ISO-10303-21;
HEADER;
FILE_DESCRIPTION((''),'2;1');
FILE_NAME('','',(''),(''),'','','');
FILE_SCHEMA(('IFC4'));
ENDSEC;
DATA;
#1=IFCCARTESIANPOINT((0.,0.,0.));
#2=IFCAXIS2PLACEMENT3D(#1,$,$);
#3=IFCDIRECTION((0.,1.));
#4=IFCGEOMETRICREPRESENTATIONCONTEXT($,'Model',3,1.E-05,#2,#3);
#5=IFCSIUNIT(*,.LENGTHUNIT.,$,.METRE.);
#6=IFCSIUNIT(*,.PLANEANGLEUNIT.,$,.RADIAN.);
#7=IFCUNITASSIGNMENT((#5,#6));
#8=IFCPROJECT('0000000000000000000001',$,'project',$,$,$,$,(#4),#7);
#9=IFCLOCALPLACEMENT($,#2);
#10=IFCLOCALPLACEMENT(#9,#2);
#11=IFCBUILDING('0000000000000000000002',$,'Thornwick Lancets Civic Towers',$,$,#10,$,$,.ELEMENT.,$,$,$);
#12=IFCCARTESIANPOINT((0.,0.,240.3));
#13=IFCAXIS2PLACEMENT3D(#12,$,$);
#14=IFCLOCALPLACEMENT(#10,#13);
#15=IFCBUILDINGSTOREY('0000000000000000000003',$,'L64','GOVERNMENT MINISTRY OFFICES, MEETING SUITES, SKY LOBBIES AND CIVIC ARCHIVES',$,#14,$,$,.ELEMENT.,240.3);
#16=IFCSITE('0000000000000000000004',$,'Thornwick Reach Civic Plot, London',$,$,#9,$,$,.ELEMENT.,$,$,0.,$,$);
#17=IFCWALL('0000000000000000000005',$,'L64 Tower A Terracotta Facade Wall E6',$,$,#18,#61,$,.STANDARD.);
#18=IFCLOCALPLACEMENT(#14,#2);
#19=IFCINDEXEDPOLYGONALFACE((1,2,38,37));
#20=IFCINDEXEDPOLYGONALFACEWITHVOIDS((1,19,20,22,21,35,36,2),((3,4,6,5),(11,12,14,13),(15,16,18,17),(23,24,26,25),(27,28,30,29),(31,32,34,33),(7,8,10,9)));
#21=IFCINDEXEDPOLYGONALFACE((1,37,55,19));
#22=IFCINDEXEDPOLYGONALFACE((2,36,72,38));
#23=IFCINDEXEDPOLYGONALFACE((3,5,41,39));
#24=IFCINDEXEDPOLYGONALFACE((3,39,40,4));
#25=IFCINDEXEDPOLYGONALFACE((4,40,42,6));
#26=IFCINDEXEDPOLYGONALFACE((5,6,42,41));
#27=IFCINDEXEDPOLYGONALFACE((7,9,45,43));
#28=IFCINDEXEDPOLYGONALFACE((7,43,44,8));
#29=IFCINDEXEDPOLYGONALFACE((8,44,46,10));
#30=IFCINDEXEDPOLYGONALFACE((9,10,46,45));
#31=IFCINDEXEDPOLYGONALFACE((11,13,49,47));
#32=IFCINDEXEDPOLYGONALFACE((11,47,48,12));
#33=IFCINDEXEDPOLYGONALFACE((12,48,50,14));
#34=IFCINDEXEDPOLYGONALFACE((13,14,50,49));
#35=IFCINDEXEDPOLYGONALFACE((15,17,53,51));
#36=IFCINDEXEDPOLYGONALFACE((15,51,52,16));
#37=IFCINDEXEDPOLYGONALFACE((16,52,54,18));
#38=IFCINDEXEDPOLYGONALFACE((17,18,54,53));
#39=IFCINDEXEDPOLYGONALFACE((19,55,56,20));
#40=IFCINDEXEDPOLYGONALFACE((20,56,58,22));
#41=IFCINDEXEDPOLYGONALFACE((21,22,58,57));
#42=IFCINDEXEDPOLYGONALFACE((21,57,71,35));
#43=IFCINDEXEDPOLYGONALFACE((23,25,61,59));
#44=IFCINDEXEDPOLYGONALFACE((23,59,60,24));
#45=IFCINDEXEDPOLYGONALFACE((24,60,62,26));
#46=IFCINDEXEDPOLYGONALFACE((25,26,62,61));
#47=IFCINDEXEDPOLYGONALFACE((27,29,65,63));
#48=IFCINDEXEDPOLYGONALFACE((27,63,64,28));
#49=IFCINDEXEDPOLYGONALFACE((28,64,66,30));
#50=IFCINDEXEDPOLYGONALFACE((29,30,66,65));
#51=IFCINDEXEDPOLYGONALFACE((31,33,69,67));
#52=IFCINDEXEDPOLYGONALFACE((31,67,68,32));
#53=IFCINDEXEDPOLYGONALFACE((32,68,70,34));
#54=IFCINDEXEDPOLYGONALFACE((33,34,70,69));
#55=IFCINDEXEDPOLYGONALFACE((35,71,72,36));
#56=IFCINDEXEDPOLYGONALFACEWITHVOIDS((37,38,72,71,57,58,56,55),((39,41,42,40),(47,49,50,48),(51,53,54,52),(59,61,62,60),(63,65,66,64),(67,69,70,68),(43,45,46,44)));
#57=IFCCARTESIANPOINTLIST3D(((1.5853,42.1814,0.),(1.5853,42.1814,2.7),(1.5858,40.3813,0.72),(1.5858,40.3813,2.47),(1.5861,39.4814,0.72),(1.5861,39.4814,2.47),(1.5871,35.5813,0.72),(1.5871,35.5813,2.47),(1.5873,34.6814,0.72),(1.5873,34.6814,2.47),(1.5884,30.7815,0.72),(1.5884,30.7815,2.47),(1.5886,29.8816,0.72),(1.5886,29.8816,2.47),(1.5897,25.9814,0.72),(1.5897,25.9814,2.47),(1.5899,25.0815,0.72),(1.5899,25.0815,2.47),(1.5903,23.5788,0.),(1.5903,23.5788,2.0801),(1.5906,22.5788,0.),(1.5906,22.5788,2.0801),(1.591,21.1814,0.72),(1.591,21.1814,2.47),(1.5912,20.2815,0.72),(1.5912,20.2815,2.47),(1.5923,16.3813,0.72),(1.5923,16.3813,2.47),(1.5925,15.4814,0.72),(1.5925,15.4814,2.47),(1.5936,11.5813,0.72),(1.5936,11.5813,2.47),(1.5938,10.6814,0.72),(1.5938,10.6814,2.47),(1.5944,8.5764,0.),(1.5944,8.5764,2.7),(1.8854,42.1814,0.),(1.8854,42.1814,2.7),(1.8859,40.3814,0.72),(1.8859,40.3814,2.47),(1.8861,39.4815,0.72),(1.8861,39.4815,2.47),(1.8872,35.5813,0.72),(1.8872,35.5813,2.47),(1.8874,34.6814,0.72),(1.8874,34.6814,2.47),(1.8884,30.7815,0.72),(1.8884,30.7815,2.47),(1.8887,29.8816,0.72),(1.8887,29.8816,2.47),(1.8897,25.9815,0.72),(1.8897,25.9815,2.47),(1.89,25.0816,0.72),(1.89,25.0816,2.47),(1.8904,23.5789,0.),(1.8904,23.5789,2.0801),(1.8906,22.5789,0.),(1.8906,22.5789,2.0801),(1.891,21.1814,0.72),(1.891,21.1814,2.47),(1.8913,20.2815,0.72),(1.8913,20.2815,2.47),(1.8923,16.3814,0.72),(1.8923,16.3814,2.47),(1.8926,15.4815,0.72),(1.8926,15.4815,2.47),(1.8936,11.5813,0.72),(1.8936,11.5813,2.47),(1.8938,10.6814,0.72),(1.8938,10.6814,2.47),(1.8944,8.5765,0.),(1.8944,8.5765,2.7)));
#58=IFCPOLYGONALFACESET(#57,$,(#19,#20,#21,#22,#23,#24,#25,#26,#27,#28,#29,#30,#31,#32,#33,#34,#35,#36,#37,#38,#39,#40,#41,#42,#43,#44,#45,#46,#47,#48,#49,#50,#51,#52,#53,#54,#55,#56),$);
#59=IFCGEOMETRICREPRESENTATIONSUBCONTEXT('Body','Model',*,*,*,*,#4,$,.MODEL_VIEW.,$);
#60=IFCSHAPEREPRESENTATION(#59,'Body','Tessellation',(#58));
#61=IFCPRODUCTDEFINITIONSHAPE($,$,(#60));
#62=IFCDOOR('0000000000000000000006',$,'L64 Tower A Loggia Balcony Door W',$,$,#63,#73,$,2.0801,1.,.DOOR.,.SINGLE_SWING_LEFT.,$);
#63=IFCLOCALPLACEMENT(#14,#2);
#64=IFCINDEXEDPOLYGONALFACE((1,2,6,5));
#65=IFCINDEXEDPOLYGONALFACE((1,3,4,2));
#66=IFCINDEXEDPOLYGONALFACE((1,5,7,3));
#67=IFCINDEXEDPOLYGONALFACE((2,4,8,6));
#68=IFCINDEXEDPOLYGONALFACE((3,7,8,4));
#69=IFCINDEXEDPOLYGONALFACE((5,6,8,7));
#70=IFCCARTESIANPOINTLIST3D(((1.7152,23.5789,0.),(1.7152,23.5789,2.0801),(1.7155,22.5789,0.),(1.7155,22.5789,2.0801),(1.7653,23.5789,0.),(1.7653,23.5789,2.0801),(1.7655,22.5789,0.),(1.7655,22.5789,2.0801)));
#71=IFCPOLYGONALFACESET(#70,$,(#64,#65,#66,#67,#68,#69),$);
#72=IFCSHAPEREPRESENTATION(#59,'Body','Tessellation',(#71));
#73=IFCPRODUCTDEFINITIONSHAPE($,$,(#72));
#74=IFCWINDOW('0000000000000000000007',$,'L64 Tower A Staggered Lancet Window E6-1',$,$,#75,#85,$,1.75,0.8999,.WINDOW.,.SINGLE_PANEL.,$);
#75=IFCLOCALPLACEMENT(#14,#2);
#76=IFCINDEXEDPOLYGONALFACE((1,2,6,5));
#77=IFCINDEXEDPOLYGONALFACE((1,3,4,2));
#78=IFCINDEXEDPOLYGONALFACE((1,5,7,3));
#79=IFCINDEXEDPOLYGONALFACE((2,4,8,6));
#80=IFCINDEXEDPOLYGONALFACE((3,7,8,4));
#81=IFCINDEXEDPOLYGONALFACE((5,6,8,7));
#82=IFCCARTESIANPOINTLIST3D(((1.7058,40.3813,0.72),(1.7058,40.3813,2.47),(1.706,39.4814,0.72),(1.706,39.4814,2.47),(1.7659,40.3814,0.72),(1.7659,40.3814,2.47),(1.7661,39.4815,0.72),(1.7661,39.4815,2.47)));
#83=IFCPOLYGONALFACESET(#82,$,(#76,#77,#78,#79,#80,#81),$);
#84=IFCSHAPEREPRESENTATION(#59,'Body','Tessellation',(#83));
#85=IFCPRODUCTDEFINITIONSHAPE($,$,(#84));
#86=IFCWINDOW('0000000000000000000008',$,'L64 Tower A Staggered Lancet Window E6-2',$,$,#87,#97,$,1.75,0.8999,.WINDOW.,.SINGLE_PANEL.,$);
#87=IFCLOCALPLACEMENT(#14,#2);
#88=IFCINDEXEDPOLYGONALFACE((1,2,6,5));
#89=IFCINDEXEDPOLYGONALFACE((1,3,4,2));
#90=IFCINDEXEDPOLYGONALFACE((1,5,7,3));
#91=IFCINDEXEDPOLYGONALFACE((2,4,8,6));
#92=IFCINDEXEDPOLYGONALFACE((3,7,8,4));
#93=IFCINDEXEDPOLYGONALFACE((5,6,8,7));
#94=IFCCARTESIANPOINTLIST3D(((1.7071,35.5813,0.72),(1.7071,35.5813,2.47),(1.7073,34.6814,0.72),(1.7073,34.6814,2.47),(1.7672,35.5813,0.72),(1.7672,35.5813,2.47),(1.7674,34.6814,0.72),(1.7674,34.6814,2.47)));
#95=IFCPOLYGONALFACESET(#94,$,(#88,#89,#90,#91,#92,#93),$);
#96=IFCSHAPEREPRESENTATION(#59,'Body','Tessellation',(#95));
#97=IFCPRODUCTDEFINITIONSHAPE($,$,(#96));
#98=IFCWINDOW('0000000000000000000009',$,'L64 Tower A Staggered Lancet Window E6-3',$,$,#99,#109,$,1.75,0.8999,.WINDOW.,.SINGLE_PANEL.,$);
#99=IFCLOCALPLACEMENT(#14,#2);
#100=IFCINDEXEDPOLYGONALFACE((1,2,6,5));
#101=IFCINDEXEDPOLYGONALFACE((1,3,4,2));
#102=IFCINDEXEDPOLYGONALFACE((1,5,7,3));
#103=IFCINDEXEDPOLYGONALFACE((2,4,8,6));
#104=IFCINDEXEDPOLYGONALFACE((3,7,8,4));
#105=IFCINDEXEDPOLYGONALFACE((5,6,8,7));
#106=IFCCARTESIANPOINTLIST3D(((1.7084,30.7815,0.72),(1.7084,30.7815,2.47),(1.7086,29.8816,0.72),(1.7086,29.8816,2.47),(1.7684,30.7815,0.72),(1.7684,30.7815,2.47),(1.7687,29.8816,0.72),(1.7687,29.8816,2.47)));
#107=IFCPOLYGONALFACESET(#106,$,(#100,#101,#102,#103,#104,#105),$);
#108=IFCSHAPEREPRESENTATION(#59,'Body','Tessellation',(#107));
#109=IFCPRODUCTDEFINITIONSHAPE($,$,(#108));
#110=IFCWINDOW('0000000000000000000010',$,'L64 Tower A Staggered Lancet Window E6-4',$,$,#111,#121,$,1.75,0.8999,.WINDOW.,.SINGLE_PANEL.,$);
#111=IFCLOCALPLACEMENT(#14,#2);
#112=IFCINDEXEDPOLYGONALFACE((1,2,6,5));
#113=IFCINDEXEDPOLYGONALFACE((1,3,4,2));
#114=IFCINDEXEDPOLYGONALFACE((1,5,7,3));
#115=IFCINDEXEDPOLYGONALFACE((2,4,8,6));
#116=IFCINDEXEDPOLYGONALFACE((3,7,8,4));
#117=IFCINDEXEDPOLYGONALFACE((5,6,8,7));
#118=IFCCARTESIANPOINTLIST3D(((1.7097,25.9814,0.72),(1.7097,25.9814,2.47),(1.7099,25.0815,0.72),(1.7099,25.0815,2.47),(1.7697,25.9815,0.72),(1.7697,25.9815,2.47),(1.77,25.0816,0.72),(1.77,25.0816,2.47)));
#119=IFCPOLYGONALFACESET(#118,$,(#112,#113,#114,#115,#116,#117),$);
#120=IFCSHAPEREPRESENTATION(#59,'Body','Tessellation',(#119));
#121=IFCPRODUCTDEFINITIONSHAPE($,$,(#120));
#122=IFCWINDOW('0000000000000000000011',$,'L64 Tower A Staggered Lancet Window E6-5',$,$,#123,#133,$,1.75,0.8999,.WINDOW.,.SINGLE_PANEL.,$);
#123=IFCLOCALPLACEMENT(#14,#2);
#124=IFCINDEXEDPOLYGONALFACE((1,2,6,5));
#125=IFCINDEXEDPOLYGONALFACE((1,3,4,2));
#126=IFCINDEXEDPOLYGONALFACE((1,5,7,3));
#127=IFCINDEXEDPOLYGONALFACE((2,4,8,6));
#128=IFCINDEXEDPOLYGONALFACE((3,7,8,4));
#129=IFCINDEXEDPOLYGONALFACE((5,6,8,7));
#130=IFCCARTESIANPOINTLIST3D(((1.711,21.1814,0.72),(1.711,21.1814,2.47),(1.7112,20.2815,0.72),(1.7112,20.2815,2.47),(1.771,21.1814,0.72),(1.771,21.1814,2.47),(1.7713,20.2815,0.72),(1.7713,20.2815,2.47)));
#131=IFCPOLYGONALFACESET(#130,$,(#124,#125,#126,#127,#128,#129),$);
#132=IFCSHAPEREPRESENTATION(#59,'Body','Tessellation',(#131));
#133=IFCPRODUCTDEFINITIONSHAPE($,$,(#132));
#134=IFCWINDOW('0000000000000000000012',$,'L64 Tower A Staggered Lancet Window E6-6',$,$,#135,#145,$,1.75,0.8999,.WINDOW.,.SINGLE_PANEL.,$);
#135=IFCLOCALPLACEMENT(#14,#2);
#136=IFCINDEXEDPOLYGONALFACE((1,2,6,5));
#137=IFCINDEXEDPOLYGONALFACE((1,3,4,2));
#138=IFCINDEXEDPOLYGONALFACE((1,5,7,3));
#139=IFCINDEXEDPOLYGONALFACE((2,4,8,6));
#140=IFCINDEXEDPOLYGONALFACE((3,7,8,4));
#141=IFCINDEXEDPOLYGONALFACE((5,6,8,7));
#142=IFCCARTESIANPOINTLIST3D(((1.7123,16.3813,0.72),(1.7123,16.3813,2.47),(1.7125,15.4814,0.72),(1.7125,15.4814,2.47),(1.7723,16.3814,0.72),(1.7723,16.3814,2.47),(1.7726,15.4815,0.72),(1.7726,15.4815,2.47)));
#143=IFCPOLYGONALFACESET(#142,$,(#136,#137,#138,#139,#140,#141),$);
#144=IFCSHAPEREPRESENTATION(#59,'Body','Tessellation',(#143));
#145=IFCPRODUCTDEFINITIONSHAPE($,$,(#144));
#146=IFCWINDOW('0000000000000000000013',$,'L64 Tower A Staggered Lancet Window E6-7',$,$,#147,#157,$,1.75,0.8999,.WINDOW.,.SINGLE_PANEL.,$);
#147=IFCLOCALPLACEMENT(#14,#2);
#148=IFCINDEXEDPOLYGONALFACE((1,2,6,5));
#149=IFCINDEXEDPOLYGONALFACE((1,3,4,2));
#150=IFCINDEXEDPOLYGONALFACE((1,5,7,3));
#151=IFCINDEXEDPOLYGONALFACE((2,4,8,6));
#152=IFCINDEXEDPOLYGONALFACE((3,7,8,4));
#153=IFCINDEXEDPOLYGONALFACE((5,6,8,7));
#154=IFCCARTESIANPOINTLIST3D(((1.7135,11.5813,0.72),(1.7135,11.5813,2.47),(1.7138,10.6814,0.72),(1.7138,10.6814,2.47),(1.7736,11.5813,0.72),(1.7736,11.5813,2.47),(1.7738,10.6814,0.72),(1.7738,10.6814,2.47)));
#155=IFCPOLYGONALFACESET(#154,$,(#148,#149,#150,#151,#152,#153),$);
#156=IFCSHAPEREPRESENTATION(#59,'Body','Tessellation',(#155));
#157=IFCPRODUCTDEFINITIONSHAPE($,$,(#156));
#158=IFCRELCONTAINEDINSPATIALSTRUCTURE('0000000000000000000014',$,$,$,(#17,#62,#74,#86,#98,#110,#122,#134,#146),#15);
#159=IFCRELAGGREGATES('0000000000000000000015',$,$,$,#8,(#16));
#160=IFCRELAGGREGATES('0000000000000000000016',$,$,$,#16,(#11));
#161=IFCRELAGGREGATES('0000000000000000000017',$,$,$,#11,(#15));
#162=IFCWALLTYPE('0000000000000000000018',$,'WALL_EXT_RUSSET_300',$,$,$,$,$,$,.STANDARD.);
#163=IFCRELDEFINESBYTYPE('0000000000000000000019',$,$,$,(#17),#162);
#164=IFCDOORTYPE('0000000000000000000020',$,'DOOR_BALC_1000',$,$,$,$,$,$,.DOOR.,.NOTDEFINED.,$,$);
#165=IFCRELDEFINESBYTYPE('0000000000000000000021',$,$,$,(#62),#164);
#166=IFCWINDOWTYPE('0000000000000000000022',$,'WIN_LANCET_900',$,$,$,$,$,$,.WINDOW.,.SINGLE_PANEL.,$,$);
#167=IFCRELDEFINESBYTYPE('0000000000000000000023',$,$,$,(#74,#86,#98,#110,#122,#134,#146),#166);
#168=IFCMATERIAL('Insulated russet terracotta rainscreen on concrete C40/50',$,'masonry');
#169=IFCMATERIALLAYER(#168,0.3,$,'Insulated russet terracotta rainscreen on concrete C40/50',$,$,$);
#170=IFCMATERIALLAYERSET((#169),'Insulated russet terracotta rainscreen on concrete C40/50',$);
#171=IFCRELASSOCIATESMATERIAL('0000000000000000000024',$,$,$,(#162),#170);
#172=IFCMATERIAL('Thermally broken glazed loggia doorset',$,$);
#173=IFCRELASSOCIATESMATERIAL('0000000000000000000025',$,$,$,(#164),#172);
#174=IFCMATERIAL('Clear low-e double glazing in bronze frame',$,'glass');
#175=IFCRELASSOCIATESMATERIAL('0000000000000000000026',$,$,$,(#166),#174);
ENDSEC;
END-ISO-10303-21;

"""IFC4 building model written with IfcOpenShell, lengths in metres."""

from ifc_helpers import new_model, si_unit, direction, frame, frame_2d, origin, place, context, subcontext, project, spatial, rectangle, extrude, material, layer, layer_set, type_object, element, fill, save


model = new_model("IFC4")

# Units and contexts
model_context = context("Model", 3, precision=1e-05, world=origin(), true_north=direction((0.0, 1.0)))
body_context = subcontext(model_context, "Body", "Model", "MODEL_VIEW")
ifc_project = project(units=[si_unit("LENGTHUNIT", "METRE"), si_unit("PLANEANGLEUNIT", "RADIAN")], contexts=[model_context])

# Site, building, storey
site_placement = place(None, origin())
site = spatial("IfcSite", under=ifc_project, at=site_placement, Name="Thornwick Reach Civic Plot, London", CompositionType="ELEMENT", RefElevation=0.0)
building_placement = place(site_placement, origin())
building = spatial("IfcBuilding", under=site, at=building_placement, Name="Thornwick Lancets Civic Towers", CompositionType="ELEMENT")
storey_placement = place(building_placement, frame((0.0, 0.0, 240.3)))
storey = spatial("IfcBuildingStorey", under=building, at=storey_placement, Name="L64", Description="GOVERNMENT MINISTRY OFFICES, MEETING SUITES, SKY LOBBIES AND CIVIC ARCHIVES", CompositionType="ELEMENT", Elevation=240.3)

# Wall, openings, door, windows
ifc_material_1 = material(Name="Insulated russet terracotta rainscreen on concrete C40/50", Category="masonry")
ifc_layer_1 = layer(ifc_material_1, 0.3, Name="Insulated russet terracotta rainscreen on concrete C40/50")
ifc_layer_set_1 = layer_set([ifc_layer_1], Name="Insulated russet terracotta rainscreen on concrete C40/50")
wall_type_1 = type_object("IfcWallType", Name="WALL_EXT_RUSSET_300", PredefinedType="STANDARD", material=ifc_layer_set_1)
wall_1_placement = place(storey_placement, frame((1.7354, 42.1814, 0.0), z_axis=(0.0, 0.0, 1.0), x_axis=(0.000269, -1.0, 0.0)))
wall_1 = element("IfcWall", 1, at=wall_1_placement, inside=storey, type_object=wall_type_1, Name="L64 Tower A Terracotta Facade Wall E6", PredefinedType="STANDARD", context=body_context, shape_type="SweptSolid", body=[
    extrude(rectangle(XDim=33.605, YDim=0.3, at=frame_2d((16.8025, 0.0))), origin(), (0.0, 0.0, 1.0), 2.7),
])
opening_1_placement = place(wall_1_placement, frame((18.6025, 0.0, 0.0)))
opening_1 = element("IfcOpeningElement", 2, at=opening_1_placement, cuts=wall_1, PredefinedType="OPENING", context=body_context, shape_type="SweptSolid", body=[
    extrude(rectangle(XDim=1.0, YDim=2.0801, at=frame_2d((0.5, 1.04))), frame((0.0, 0.1602, 0.0), z_axis=(0.0, -1.0, 0.0), x_axis=(1.0, 0.0, 0.0)), (0.0, 0.0, 1.0), 0.3201),
])
opening_2_placement = place(wall_1_placement, frame((1.8, 0.0, 0.72)))
opening_2 = element("IfcOpeningElement", 3, at=opening_2_placement, cuts=wall_1, PredefinedType="OPENING", context=body_context, shape_type="SweptSolid", body=[
    extrude(rectangle(XDim=0.8999, YDim=1.75, at=frame_2d((0.45, 0.875))), frame((0.0, 0.1602, 0.0), z_axis=(0.0, -1.0, 0.0), x_axis=(1.0, 0.0, 0.0)), (0.0, 0.0, 1.0), 0.3201),
])
opening_3_placement = place(wall_1_placement, frame((6.6001, 0.0, 0.72)))
opening_3 = element("IfcOpeningElement", 4, at=opening_3_placement, cuts=wall_1, PredefinedType="OPENING", context=body_context, shape_type="SweptSolid", body=[
    extrude(rectangle(XDim=0.8999, YDim=1.75, at=frame_2d((0.45, 0.875))), frame((0.0, 0.1602, 0.0), z_axis=(0.0, -1.0, 0.0), x_axis=(1.0, 0.0, 0.0)), (0.0, 0.0, 1.0), 0.3201),
])
opening_4_placement = place(wall_1_placement, frame((11.3999, 0.0, 0.72)))
opening_4 = element("IfcOpeningElement", 5, at=opening_4_placement, cuts=wall_1, PredefinedType="OPENING", context=body_context, shape_type="SweptSolid", body=[
    extrude(rectangle(XDim=0.8999, YDim=1.75, at=frame_2d((0.45, 0.875))), frame((0.0, 0.1602, 0.0), z_axis=(0.0, -1.0, 0.0), x_axis=(1.0, 0.0, 0.0)), (0.0, 0.0, 1.0), 0.3201),
])
opening_5_placement = place(wall_1_placement, frame((16.2, 0.0, 0.72)))
opening_5 = element("IfcOpeningElement", 6, at=opening_5_placement, cuts=wall_1, PredefinedType="OPENING", context=body_context, shape_type="SweptSolid", body=[
    extrude(rectangle(XDim=0.8999, YDim=1.75, at=frame_2d((0.45, 0.875))), frame((0.0, 0.1602, 0.0), z_axis=(0.0, -1.0, 0.0), x_axis=(1.0, 0.0, 0.0)), (0.0, 0.0, 1.0), 0.3201),
])
opening_6_placement = place(wall_1_placement, frame((21.0, 0.0, 0.72)))
opening_6 = element("IfcOpeningElement", 7, at=opening_6_placement, cuts=wall_1, PredefinedType="OPENING", context=body_context, shape_type="SweptSolid", body=[
    extrude(rectangle(XDim=0.8999, YDim=1.75, at=frame_2d((0.45, 0.875))), frame((0.0, 0.1602, 0.0), z_axis=(0.0, -1.0, 0.0), x_axis=(1.0, 0.0, 0.0)), (0.0, 0.0, 1.0), 0.3201),
])
opening_7_placement = place(wall_1_placement, frame((25.8, 0.0, 0.72)))
opening_7 = element("IfcOpeningElement", 8, at=opening_7_placement, cuts=wall_1, PredefinedType="OPENING", context=body_context, shape_type="SweptSolid", body=[
    extrude(rectangle(XDim=0.8999, YDim=1.75, at=frame_2d((0.45, 0.875))), frame((0.0, 0.1602, 0.0), z_axis=(0.0, -1.0, 0.0), x_axis=(1.0, 0.0, 0.0)), (0.0, 0.0, 1.0), 0.3201),
])
opening_8_placement = place(wall_1_placement, frame((30.6001, 0.0, 0.72)))
opening_8 = element("IfcOpeningElement", 9, at=opening_8_placement, cuts=wall_1, PredefinedType="OPENING", context=body_context, shape_type="SweptSolid", body=[
    extrude(rectangle(XDim=0.8999, YDim=1.75, at=frame_2d((0.45, 0.875))), frame((0.0, 0.1602, 0.0), z_axis=(0.0, -1.0, 0.0), x_axis=(1.0, 0.0, 0.0)), (0.0, 0.0, 1.0), 0.3201),
])
ifc_material_2 = material(Name="Thermally broken glazed loggia doorset")
door_type = type_object("IfcDoorType", Name="DOOR_BALC_1000", OperationType="NOTDEFINED", PredefinedType="DOOR", material=ifc_material_2)
door_placement = place(opening_1_placement, origin())
door = element("IfcDoor", 10, at=door_placement, inside=storey, type_object=door_type, Name="L64 Tower A Loggia Balcony Door W", OperationType="SINGLE_SWING_LEFT", OverallHeight=2.0801, OverallWidth=1.0, PredefinedType="DOOR", context=body_context, shape_type="SweptSolid", body=[
    extrude(rectangle(XDim=1.0, YDim=2.0801, at=frame_2d((0.5, 1.04))), frame((0.0, 0.0249, 0.0), z_axis=(0.0, -1.0, 0.0), x_axis=(1.0, 0.0, 0.0)), (0.0, 0.0, 1.0), 0.05),
])
fill(opening_1, door)
ifc_material_3 = material(Name="Clear low-e double glazing in bronze frame", Category="glass")
window_type = type_object("IfcWindowType", Name="WIN_LANCET_900", PartitioningType="SINGLE_PANEL", PredefinedType="WINDOW", material=ifc_material_3)
window_1_placement = place(opening_2_placement, origin())
window_1 = element("IfcWindow", 11, at=window_1_placement, inside=storey, type_object=window_type, Name="L64 Tower A Staggered Lancet Window E6-1", OverallHeight=1.75, OverallWidth=0.8999, PartitioningType="SINGLE_PANEL", PredefinedType="WINDOW", context=body_context, shape_type="SweptSolid", body=[
    extrude(rectangle(XDim=0.8999, YDim=1.75, at=frame_2d((0.45, 0.875))), frame((0.0, 0.03, 0.0), z_axis=(0.0, -1.0, 0.0), x_axis=(1.0, 0.0, 0.0)), (0.0, 0.0, 1.0), 0.0601),
])
fill(opening_2, window_1)
window_2_placement = place(opening_3_placement, origin())
window_2 = element("IfcWindow", 12, at=window_2_placement, inside=storey, type_object=window_type, Name="L64 Tower A Staggered Lancet Window E6-2", OverallHeight=1.75, OverallWidth=0.8999, PartitioningType="SINGLE_PANEL", PredefinedType="WINDOW", context=body_context, shape_type="SweptSolid", body=[
    extrude(rectangle(XDim=0.8999, YDim=1.75, at=frame_2d((0.45, 0.875))), frame((0.0, 0.03, 0.0), z_axis=(0.0, -1.0, 0.0), x_axis=(1.0, 0.0, 0.0)), (0.0, 0.0, 1.0), 0.0601),
])
fill(opening_3, window_2)
window_3_placement = place(opening_4_placement, origin())
window_3 = element("IfcWindow", 13, at=window_3_placement, inside=storey, type_object=window_type, Name="L64 Tower A Staggered Lancet Window E6-3", OverallHeight=1.75, OverallWidth=0.8999, PartitioningType="SINGLE_PANEL", PredefinedType="WINDOW", context=body_context, shape_type="SweptSolid", body=[
    extrude(rectangle(XDim=0.8999, YDim=1.75, at=frame_2d((0.45, 0.875))), frame((0.0, 0.03, 0.0), z_axis=(0.0, -1.0, 0.0), x_axis=(1.0, 0.0, 0.0)), (0.0, 0.0, 1.0), 0.0601),
])
fill(opening_4, window_3)
window_4_placement = place(opening_5_placement, origin())
window_4 = element("IfcWindow", 14, at=window_4_placement, inside=storey, type_object=window_type, Name="L64 Tower A Staggered Lancet Window E6-4", OverallHeight=1.75, OverallWidth=0.8999, PartitioningType="SINGLE_PANEL", PredefinedType="WINDOW", context=body_context, shape_type="SweptSolid", body=[
    extrude(rectangle(XDim=0.8999, YDim=1.75, at=frame_2d((0.45, 0.875))), frame((0.0, 0.03, 0.0), z_axis=(0.0, -1.0, 0.0), x_axis=(1.0, 0.0, 0.0)), (0.0, 0.0, 1.0), 0.0601),
])
fill(opening_5, window_4)
window_5_placement = place(opening_6_placement, origin())
window_5 = element("IfcWindow", 15, at=window_5_placement, inside=storey, type_object=window_type, Name="L64 Tower A Staggered Lancet Window E6-5", OverallHeight=1.75, OverallWidth=0.8999, PartitioningType="SINGLE_PANEL", PredefinedType="WINDOW", context=body_context, shape_type="SweptSolid", body=[
    extrude(rectangle(XDim=0.8999, YDim=1.75, at=frame_2d((0.45, 0.875))), frame((0.0, 0.03, 0.0), z_axis=(0.0, -1.0, 0.0), x_axis=(1.0, 0.0, 0.0)), (0.0, 0.0, 1.0), 0.0601),
])
fill(opening_6, window_5)
window_6_placement = place(opening_7_placement, origin())
window_6 = element("IfcWindow", 16, at=window_6_placement, inside=storey, type_object=window_type, Name="L64 Tower A Staggered Lancet Window E6-6", OverallHeight=1.75, OverallWidth=0.8999, PartitioningType="SINGLE_PANEL", PredefinedType="WINDOW", context=body_context, shape_type="SweptSolid", body=[
    extrude(rectangle(XDim=0.8999, YDim=1.75, at=frame_2d((0.45, 0.875))), frame((0.0, 0.03, 0.0), z_axis=(0.0, -1.0, 0.0), x_axis=(1.0, 0.0, 0.0)), (0.0, 0.0, 1.0), 0.0601),
])
fill(opening_7, window_6)
window_7_placement = place(opening_8_placement, origin())
window_7 = element("IfcWindow", 17, at=window_7_placement, inside=storey, type_object=window_type, Name="L64 Tower A Staggered Lancet Window E6-7", OverallHeight=1.75, OverallWidth=0.8999, PartitioningType="SINGLE_PANEL", PredefinedType="WINDOW", context=body_context, shape_type="SweptSolid", body=[
    extrude(rectangle(XDim=0.8999, YDim=1.75, at=frame_2d((0.45, 0.875))), frame((0.0, 0.03, 0.0), z_axis=(0.0, -1.0, 0.0), x_axis=(1.0, 0.0, 0.0)), (0.0, 0.0, 1.0), 0.0601),
])
fill(opening_8, window_7)

save(model, "model.ifc")
